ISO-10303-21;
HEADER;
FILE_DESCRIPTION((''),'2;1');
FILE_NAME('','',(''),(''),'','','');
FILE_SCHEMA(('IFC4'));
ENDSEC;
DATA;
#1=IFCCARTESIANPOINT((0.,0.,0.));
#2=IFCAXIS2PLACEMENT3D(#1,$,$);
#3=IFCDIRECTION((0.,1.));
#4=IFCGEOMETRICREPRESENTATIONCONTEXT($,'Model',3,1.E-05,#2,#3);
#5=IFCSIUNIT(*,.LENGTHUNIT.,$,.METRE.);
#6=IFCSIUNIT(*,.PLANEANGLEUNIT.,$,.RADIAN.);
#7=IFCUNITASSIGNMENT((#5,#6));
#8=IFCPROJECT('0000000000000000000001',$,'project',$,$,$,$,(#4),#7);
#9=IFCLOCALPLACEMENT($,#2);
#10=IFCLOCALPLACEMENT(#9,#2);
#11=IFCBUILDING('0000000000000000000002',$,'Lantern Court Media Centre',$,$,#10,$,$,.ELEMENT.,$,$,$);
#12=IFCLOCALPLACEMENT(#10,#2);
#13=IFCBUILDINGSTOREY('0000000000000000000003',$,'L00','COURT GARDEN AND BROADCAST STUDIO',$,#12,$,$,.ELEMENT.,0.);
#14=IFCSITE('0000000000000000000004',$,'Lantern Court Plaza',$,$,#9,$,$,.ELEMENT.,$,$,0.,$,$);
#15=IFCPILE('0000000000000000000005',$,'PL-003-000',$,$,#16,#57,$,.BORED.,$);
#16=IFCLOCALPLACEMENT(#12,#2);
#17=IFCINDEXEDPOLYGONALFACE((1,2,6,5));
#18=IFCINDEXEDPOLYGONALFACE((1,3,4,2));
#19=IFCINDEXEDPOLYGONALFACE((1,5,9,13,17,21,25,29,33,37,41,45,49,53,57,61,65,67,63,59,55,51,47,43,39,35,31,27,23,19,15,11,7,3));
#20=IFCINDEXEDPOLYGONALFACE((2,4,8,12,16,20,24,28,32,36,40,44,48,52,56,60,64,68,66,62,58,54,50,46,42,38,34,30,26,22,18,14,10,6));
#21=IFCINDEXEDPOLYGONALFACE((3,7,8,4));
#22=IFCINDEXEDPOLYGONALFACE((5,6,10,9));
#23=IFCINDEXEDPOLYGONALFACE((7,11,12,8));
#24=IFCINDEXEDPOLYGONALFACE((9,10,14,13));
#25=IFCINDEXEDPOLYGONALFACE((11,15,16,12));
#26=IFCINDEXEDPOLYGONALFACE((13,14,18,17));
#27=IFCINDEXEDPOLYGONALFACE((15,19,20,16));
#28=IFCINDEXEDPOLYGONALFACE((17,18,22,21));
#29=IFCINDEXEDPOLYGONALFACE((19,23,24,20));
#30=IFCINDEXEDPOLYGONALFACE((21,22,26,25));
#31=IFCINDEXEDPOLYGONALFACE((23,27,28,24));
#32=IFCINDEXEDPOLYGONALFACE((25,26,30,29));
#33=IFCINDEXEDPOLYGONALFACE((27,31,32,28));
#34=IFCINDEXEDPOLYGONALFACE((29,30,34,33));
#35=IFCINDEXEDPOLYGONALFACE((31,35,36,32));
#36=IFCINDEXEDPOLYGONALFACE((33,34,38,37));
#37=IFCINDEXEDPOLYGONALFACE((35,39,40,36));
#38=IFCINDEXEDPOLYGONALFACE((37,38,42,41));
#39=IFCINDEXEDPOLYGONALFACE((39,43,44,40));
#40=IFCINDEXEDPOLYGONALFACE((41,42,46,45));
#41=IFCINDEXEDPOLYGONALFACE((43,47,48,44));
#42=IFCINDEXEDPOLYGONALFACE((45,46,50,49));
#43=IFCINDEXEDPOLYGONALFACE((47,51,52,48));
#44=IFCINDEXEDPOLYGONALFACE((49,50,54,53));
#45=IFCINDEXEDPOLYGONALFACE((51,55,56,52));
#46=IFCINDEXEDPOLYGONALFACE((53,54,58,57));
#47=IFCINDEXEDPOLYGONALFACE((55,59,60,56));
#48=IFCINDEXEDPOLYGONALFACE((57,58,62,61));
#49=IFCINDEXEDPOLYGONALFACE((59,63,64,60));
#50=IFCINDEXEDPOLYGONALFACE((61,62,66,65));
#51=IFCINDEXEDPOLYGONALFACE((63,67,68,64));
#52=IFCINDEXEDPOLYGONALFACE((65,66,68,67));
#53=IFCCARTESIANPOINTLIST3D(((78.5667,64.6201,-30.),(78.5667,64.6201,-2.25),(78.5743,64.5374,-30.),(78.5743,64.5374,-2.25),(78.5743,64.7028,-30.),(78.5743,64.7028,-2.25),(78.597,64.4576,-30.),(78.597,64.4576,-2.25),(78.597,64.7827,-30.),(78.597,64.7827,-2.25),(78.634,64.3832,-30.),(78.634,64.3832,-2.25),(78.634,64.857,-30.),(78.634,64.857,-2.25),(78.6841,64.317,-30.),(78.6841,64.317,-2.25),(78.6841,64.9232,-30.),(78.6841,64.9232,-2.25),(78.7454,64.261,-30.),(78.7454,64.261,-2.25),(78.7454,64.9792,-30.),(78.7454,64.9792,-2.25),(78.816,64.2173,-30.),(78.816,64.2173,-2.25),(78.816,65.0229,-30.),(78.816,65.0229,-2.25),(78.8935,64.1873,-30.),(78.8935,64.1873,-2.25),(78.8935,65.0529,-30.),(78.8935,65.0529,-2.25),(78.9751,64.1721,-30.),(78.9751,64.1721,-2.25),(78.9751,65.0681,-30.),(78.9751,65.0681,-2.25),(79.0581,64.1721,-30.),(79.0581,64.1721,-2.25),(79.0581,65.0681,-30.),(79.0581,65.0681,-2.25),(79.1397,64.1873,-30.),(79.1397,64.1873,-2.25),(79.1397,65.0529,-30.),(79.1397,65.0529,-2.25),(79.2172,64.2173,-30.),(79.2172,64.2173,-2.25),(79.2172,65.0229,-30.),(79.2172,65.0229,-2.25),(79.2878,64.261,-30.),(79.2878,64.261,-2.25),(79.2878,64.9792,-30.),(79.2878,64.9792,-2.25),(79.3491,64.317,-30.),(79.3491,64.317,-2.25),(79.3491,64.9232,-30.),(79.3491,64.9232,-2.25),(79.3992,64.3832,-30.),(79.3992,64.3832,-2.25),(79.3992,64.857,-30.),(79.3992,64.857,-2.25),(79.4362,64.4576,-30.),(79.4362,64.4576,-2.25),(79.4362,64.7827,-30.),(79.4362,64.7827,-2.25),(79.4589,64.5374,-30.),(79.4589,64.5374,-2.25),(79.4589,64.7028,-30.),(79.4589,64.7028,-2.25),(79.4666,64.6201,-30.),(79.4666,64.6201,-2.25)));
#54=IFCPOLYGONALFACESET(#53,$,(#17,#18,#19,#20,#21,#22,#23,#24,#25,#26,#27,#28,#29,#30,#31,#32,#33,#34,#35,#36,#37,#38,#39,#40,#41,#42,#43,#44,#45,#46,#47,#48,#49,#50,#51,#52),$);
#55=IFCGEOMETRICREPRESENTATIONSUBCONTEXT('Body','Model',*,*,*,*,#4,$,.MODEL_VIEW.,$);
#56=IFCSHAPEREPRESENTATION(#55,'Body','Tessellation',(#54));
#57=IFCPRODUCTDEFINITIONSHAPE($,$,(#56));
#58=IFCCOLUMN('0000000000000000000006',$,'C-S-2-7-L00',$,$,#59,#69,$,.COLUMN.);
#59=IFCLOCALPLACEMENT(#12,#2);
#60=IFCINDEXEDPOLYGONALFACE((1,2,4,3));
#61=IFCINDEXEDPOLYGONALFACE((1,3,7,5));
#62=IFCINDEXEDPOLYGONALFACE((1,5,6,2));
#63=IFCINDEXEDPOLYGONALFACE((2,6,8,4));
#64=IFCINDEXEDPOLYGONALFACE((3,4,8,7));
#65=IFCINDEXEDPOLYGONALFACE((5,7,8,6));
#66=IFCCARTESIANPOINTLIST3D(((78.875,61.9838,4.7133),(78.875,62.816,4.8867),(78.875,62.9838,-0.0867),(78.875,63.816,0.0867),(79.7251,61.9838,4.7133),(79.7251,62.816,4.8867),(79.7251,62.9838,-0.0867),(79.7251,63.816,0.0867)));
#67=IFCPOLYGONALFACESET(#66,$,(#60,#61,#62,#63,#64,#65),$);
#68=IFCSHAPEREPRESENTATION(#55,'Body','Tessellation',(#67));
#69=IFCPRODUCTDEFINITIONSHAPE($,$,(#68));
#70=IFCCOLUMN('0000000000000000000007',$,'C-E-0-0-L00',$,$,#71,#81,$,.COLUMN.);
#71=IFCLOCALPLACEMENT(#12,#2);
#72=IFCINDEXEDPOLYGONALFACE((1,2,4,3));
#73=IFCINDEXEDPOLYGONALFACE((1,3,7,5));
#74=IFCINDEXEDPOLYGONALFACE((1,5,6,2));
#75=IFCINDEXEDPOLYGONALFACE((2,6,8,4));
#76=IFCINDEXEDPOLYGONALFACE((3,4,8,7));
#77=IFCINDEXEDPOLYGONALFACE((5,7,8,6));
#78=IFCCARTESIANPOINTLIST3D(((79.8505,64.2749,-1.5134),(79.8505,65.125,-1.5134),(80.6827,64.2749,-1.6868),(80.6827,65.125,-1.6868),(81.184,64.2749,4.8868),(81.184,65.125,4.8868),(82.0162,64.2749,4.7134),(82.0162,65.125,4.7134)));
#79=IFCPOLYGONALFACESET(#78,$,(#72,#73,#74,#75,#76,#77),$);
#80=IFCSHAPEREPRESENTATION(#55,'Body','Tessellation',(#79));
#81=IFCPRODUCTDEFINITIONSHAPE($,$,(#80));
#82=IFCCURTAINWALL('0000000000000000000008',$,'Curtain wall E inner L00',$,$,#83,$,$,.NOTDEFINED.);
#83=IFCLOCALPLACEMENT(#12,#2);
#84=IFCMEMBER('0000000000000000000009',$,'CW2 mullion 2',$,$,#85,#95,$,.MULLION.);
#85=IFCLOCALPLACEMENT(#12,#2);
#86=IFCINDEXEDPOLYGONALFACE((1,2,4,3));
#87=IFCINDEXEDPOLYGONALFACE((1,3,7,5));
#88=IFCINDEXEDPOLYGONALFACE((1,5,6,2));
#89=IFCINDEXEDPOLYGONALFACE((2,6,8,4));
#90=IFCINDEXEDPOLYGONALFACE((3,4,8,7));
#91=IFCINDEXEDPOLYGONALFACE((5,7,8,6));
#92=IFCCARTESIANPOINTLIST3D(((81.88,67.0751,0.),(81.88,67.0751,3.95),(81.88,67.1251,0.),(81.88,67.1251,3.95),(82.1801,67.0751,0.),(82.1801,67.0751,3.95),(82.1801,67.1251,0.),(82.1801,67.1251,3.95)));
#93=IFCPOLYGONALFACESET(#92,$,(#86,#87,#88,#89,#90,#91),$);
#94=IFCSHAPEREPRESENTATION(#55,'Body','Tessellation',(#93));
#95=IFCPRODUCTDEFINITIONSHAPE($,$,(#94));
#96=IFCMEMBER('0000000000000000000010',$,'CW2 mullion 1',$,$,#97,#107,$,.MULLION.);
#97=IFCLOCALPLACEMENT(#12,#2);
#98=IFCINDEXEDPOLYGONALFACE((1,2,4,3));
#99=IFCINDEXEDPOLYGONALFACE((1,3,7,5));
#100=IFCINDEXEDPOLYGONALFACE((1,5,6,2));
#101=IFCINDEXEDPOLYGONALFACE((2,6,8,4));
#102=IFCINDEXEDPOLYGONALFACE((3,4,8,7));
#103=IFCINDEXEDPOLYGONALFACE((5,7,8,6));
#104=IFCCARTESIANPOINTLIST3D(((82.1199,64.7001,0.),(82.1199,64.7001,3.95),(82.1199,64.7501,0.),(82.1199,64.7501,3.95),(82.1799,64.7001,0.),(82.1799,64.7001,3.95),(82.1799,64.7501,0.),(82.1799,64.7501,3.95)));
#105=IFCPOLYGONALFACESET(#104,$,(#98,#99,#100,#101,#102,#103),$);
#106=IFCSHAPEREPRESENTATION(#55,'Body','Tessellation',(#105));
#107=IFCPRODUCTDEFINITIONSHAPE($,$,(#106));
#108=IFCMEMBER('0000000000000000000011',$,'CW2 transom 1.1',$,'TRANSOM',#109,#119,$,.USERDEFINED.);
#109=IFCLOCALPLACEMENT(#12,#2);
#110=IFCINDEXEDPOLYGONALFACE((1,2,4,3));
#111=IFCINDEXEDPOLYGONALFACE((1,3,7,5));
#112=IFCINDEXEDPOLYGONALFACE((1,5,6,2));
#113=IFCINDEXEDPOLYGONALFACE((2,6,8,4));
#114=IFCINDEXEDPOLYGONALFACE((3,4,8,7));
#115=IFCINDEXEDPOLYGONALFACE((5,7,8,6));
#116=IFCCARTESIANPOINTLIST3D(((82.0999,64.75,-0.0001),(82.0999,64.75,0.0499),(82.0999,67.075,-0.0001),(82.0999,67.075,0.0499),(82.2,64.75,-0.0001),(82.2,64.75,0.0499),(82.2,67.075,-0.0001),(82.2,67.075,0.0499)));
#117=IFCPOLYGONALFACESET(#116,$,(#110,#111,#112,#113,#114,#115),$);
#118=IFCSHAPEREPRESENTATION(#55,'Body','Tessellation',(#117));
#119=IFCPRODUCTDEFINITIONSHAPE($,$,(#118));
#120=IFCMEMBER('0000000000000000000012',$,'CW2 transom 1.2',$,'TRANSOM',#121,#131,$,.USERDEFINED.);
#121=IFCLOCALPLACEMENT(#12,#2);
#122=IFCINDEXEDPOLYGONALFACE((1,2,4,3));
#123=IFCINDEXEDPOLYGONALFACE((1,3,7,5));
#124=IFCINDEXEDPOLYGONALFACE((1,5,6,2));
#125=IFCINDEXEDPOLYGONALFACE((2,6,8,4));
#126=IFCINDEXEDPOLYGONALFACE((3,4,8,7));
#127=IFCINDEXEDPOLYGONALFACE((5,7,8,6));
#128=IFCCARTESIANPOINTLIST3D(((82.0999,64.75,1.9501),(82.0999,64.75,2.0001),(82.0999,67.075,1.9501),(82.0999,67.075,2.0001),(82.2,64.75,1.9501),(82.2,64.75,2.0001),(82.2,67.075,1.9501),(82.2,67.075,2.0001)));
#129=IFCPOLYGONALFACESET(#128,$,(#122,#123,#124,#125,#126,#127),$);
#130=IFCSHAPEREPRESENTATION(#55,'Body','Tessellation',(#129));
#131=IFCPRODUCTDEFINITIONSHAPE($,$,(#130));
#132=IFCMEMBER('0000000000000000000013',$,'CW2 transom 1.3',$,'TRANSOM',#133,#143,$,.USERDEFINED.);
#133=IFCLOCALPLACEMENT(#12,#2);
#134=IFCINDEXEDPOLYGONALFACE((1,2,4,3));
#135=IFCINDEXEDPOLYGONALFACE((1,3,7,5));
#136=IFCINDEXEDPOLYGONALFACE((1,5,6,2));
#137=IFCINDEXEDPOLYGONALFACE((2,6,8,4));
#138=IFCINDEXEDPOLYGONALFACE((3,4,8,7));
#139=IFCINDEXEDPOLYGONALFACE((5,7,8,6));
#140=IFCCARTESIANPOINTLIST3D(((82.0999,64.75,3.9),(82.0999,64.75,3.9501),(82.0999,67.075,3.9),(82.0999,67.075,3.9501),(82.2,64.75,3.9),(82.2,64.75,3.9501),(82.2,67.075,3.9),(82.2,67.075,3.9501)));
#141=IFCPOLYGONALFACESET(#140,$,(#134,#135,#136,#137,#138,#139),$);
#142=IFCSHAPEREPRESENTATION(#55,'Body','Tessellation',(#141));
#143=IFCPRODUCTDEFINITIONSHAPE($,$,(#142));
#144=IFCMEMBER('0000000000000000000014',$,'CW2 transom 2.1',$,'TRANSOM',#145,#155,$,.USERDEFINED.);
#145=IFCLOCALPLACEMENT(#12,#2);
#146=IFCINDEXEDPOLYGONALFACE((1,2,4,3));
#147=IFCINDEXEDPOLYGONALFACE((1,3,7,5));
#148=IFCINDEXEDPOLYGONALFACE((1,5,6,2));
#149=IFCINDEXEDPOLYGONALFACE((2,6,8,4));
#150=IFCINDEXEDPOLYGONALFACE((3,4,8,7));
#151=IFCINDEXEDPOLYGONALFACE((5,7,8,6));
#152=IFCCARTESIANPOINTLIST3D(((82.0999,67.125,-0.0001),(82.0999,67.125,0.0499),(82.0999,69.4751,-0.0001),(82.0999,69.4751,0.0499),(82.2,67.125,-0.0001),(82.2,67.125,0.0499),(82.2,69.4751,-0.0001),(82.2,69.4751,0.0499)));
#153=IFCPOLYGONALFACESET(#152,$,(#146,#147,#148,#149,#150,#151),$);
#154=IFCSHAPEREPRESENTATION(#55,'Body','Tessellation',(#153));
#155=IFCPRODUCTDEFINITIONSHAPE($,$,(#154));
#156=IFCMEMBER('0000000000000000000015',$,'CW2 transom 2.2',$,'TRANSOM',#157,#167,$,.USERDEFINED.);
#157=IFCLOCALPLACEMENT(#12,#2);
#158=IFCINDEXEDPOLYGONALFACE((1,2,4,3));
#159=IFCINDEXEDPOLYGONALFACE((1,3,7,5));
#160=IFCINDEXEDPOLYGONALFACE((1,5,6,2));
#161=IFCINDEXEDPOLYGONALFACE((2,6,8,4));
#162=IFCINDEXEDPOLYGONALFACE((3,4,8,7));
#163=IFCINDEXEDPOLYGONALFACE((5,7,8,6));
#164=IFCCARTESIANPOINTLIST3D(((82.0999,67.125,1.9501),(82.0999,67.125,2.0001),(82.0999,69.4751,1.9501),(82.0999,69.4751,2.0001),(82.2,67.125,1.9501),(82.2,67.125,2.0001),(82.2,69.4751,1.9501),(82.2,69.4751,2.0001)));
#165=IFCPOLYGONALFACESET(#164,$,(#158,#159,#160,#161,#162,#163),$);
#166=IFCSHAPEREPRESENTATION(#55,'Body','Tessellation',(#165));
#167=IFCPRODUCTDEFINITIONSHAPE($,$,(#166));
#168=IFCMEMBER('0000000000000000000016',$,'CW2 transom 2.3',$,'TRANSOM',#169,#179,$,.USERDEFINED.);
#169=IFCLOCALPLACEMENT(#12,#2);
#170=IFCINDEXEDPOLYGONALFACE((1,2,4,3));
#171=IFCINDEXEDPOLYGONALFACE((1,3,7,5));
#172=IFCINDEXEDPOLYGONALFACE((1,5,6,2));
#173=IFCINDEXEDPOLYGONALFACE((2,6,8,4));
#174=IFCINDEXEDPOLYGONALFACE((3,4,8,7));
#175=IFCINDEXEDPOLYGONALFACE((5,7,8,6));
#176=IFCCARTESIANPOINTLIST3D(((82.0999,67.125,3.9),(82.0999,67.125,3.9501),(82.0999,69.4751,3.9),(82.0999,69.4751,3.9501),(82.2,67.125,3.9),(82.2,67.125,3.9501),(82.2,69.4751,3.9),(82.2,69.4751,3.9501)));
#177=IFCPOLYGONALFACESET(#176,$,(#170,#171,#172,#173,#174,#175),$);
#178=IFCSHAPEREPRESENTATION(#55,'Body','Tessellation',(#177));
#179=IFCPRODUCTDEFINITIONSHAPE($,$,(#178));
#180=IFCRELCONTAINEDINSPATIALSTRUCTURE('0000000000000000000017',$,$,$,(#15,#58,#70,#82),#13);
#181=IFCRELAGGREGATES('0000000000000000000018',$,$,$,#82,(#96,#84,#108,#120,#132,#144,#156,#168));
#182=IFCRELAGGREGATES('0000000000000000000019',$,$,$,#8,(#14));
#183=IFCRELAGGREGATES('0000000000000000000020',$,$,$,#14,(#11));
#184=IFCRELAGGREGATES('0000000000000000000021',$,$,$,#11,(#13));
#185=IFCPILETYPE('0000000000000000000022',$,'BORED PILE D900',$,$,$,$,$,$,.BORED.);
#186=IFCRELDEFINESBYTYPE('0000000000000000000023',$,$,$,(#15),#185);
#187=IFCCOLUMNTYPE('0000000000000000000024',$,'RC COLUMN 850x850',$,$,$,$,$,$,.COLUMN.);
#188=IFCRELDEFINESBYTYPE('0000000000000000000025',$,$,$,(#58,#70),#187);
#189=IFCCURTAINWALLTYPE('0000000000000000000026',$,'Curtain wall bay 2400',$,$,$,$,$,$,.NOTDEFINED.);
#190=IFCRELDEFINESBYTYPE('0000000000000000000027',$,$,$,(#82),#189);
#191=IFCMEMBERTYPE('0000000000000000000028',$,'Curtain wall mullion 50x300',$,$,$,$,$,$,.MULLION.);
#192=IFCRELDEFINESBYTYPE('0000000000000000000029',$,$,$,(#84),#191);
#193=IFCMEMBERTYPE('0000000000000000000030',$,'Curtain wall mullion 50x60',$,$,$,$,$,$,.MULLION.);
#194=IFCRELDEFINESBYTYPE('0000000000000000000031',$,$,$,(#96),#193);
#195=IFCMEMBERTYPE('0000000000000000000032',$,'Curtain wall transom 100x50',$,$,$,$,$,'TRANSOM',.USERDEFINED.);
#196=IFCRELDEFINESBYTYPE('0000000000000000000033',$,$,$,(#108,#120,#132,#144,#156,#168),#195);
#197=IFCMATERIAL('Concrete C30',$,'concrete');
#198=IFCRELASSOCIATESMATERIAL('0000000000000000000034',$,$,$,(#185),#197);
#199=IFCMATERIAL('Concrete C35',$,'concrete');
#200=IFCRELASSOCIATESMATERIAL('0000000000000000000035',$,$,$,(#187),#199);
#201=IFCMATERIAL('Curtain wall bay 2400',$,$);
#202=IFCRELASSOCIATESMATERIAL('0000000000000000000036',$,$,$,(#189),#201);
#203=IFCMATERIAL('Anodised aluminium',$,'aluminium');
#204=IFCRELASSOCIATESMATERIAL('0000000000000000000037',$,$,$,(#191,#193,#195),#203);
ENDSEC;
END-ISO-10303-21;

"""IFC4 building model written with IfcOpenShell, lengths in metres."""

from ifc_helpers import new_model, si_unit, direction, frame, origin, origin_2d, place, context, subcontext, project, spatial, rectangle, circle, extrude, material, material_profile, profile_set, type_object, element, aggregate, save


model = new_model("IFC4")

# Units and contexts
model_context = context("Model", 3, precision=1e-05, world=origin(), true_north=direction((0.0, 1.0)))
body_context = subcontext(model_context, "Body", "Model", "MODEL_VIEW")
ifc_project = project(units=[si_unit("LENGTHUNIT", "METRE"), si_unit("PLANEANGLEUNIT", "RADIAN")], contexts=[model_context])

# Site, building, storey
site_placement = place(None, origin())
site = spatial("IfcSite", under=ifc_project, at=site_placement, Name="Lantern Court Plaza", CompositionType="ELEMENT", RefElevation=0.0)
building_placement = place(site_placement, origin())
building = spatial("IfcBuilding", under=site, at=building_placement, Name="Lantern Court Media Centre", CompositionType="ELEMENT")
storey_placement = place(building_placement, origin())
storey = spatial("IfcBuildingStorey", under=building, at=storey_placement, Name="L00", Description="COURT GARDEN AND BROADCAST STUDIO", CompositionType="ELEMENT", Elevation=0.0)

# Pile
ifc_material_1 = material(Name="Concrete C30", Category="concrete")
ifc_material_profile_1 = material_profile(ifc_material_1, circle(Radius=0.45, at=origin_2d()), Name="D900")
ifc_profile_set_1 = profile_set([ifc_material_profile_1], Name="Concrete C30")
pile_type = type_object("IfcPileType", Name="BORED PILE D900", PredefinedType="BORED", material=ifc_profile_set_1)
pile_placement = place(storey_placement, frame((79.0166, 64.6201, -2.25), z_axis=(0.0, 0.0, -1.0), x_axis=(1.0, 0.0, 0.0)))
element("IfcPile", 1, at=pile_placement, inside=storey, type_object=pile_type, Name="PL-003-000", PredefinedType="BORED", context=body_context, shape_type="SweptSolid", body=[
    extrude(circle(Radius=0.45, at=origin_2d()), origin(), (0.0, 0.0, 1.0), 27.75),
])

# Columns
ifc_material_2 = material(Name="Concrete C35", Category="concrete")
ifc_material_profile_2 = material_profile(ifc_material_2, rectangle(XDim=0.8501, YDim=0.8501, at=origin_2d()), Name="RC 850x850")
ifc_profile_set_2 = profile_set([ifc_material_profile_2], Name="Concrete C35")
column_type = type_object("IfcColumnType", Name="RC COLUMN 850x850", PredefinedType="COLUMN", material=ifc_profile_set_2)
column_1_placement = place(storey_placement, frame((79.3, 63.3999, 0.0), z_axis=(0.0, -0.203952, 0.978981), x_axis=(1.0, 0.0, 0.0)))
element("IfcColumn", 2, at=column_1_placement, inside=storey, type_object=column_type, Name="C-S-2-7-L00", PredefinedType="COLUMN", context=body_context, shape_type="SweptSolid", body=[
    extrude(rectangle(XDim=0.8501, YDim=0.8501, at=origin_2d()), origin(), (0.0, 0.0, 1.0), 4.9031),
])
column_2_placement = place(storey_placement, frame((80.2666, 64.7, -1.6001), z_axis=(0.203974, 0.0, 0.978976), x_axis=(0.0, 1.0, 0.0)))
element("IfcColumn", 3, at=column_2_placement, inside=storey, type_object=column_type, Name="C-E-0-0-L00", PredefinedType="COLUMN", context=body_context, shape_type="SweptSolid", body=[
    extrude(rectangle(XDim=0.8501, YDim=0.8501, at=origin_2d()), origin(), (0.0, 0.0, 1.0), 6.5376),
])

# Curtain wall, members
ifc_material_3 = material(Name="Curtain wall bay 2400")
curtain_wall_type = type_object("IfcCurtainWallType", Name="Curtain wall bay 2400", PredefinedType="NOTDEFINED", material=ifc_material_3)
curtain_wall_placement = place(storey_placement, origin())
curtain_wall = element("IfcCurtainWall", 4, at=curtain_wall_placement, inside=storey, type_object=curtain_wall_type, Name="Curtain wall E inner L00", PredefinedType="NOTDEFINED")
ifc_material_4 = material(Name="Anodised aluminium", Category="aluminium")
ifc_material_profile_3 = material_profile(ifc_material_4, rectangle(XDim=0.3, YDim=0.05, at=origin_2d()), Name="AL 50x300")
ifc_profile_set_3 = profile_set([ifc_material_profile_3], Name="Anodised aluminium")
member_type_1 = type_object("IfcMemberType", Name="Curtain wall mullion 50x300", PredefinedType="MULLION", material=ifc_profile_set_3)
member_1_placement = place(storey_placement, frame((82.03, 67.1001, 0.0), z_axis=(0.0, 0.0, 1.0), x_axis=(-1.0, 0.0, 0.0)))
member_1 = element("IfcMember", 5, at=member_1_placement, type_object=member_type_1, Name="CW2 mullion 2", PredefinedType="MULLION", context=body_context, shape_type="SweptSolid", body=[
    extrude(rectangle(XDim=0.3, YDim=0.05, at=origin_2d()), origin(), (0.0, 0.0, 1.0), 3.95),
])
ifc_material_profile_4 = material_profile(ifc_material_4, rectangle(XDim=0.0601, YDim=0.05, at=origin_2d()), Name="AL 50x60")
ifc_profile_set_4 = profile_set([ifc_material_profile_4], Name="Anodised aluminium")
member_type_2 = type_object("IfcMemberType", Name="Curtain wall mullion 50x60", PredefinedType="MULLION", material=ifc_profile_set_4)
member_2_placement = place(storey_placement, frame((82.1499, 64.7251, 0.0), z_axis=(0.0, 0.0, 1.0), x_axis=(-1.0, 0.0, 0.0)))
member_2 = element("IfcMember", 6, at=member_2_placement, type_object=member_type_2, Name="CW2 mullion 1", PredefinedType="MULLION", context=body_context, shape_type="SweptSolid", body=[
    extrude(rectangle(XDim=0.0601, YDim=0.05, at=origin_2d()), origin(), (0.0, 0.0, 1.0), 3.95),
])
ifc_material_profile_5 = material_profile(ifc_material_4, rectangle(XDim=0.1001, YDim=0.05, at=origin_2d()), Name="AL 50x100")
ifc_profile_set_5 = profile_set([ifc_material_profile_5], Name="Anodised aluminium")
member_type_3 = type_object("IfcMemberType", Name="Curtain wall transom 100x50", ElementType="TRANSOM", PredefinedType="USERDEFINED", material=ifc_profile_set_5)
member_3_placement = place(storey_placement, frame((82.1499, 64.75, 0.0249), z_axis=(0.0, 1.0, 0.0), x_axis=(-1.0, 0.0, 0.0)))
member_3 = element("IfcMember", 7, at=member_3_placement, type_object=member_type_3, Name="CW2 transom 1.1", ObjectType="TRANSOM", PredefinedType="USERDEFINED", context=body_context, shape_type="SweptSolid", body=[
    extrude(rectangle(XDim=0.1001, YDim=0.05, at=origin_2d()), origin(), (0.0, 0.0, 1.0), 2.325),
])
member_4_placement = place(storey_placement, frame((82.1499, 64.75, 1.9751), z_axis=(0.0, 1.0, 0.0), x_axis=(-1.0, 0.0, 0.0)))
member_4 = element("IfcMember", 8, at=member_4_placement, type_object=member_type_3, Name="CW2 transom 1.2", ObjectType="TRANSOM", PredefinedType="USERDEFINED", context=body_context, shape_type="SweptSolid", body=[
    extrude(rectangle(XDim=0.1001, YDim=0.05, at=origin_2d()), origin(), (0.0, 0.0, 1.0), 2.325),
])
member_5_placement = place(storey_placement, frame((82.1499, 64.75, 3.925), z_axis=(0.0, 1.0, 0.0), x_axis=(-1.0, 0.0, 0.0)))
member_5 = element("IfcMember", 9, at=member_5_placement, type_object=member_type_3, Name="CW2 transom 1.3", ObjectType="TRANSOM", PredefinedType="USERDEFINED", context=body_context, shape_type="SweptSolid", body=[
    extrude(rectangle(XDim=0.1001, YDim=0.05, at=origin_2d()), origin(), (0.0, 0.0, 1.0), 2.325),
])
member_6_placement = place(storey_placement, frame((82.1499, 67.125, 0.0249), z_axis=(0.0, 1.0, 0.0), x_axis=(-1.0, 0.0, 0.0)))
member_6 = element("IfcMember", 10, at=member_6_placement, type_object=member_type_3, Name="CW2 transom 2.1", ObjectType="TRANSOM", PredefinedType="USERDEFINED", context=body_context, shape_type="SweptSolid", body=[
    extrude(rectangle(XDim=0.1001, YDim=0.05, at=origin_2d()), origin(), (0.0, 0.0, 1.0), 2.3501),
])
member_7_placement = place(storey_placement, frame((82.1499, 67.125, 1.9751), z_axis=(0.0, 1.0, 0.0), x_axis=(-1.0, 0.0, 0.0)))
member_7 = element("IfcMember", 11, at=member_7_placement, type_object=member_type_3, Name="CW2 transom 2.2", ObjectType="TRANSOM", PredefinedType="USERDEFINED", context=body_context, shape_type="SweptSolid", body=[
    extrude(rectangle(XDim=0.1001, YDim=0.05, at=origin_2d()), origin(), (0.0, 0.0, 1.0), 2.3501),
])
member_8_placement = place(storey_placement, frame((82.1499, 67.125, 3.925), z_axis=(0.0, 1.0, 0.0), x_axis=(-1.0, 0.0, 0.0)))
member_8 = element("IfcMember", 12, at=member_8_placement, type_object=member_type_3, Name="CW2 transom 2.3", ObjectType="TRANSOM", PredefinedType="USERDEFINED", context=body_context, shape_type="SweptSolid", body=[
    extrude(rectangle(XDim=0.1001, YDim=0.05, at=origin_2d()), origin(), (0.0, 0.0, 1.0), 2.3501),
])

aggregate(curtain_wall, [member_2, member_1, member_3, member_4, member_5, member_6, member_7, member_8])

save(model, "model.ifc")
